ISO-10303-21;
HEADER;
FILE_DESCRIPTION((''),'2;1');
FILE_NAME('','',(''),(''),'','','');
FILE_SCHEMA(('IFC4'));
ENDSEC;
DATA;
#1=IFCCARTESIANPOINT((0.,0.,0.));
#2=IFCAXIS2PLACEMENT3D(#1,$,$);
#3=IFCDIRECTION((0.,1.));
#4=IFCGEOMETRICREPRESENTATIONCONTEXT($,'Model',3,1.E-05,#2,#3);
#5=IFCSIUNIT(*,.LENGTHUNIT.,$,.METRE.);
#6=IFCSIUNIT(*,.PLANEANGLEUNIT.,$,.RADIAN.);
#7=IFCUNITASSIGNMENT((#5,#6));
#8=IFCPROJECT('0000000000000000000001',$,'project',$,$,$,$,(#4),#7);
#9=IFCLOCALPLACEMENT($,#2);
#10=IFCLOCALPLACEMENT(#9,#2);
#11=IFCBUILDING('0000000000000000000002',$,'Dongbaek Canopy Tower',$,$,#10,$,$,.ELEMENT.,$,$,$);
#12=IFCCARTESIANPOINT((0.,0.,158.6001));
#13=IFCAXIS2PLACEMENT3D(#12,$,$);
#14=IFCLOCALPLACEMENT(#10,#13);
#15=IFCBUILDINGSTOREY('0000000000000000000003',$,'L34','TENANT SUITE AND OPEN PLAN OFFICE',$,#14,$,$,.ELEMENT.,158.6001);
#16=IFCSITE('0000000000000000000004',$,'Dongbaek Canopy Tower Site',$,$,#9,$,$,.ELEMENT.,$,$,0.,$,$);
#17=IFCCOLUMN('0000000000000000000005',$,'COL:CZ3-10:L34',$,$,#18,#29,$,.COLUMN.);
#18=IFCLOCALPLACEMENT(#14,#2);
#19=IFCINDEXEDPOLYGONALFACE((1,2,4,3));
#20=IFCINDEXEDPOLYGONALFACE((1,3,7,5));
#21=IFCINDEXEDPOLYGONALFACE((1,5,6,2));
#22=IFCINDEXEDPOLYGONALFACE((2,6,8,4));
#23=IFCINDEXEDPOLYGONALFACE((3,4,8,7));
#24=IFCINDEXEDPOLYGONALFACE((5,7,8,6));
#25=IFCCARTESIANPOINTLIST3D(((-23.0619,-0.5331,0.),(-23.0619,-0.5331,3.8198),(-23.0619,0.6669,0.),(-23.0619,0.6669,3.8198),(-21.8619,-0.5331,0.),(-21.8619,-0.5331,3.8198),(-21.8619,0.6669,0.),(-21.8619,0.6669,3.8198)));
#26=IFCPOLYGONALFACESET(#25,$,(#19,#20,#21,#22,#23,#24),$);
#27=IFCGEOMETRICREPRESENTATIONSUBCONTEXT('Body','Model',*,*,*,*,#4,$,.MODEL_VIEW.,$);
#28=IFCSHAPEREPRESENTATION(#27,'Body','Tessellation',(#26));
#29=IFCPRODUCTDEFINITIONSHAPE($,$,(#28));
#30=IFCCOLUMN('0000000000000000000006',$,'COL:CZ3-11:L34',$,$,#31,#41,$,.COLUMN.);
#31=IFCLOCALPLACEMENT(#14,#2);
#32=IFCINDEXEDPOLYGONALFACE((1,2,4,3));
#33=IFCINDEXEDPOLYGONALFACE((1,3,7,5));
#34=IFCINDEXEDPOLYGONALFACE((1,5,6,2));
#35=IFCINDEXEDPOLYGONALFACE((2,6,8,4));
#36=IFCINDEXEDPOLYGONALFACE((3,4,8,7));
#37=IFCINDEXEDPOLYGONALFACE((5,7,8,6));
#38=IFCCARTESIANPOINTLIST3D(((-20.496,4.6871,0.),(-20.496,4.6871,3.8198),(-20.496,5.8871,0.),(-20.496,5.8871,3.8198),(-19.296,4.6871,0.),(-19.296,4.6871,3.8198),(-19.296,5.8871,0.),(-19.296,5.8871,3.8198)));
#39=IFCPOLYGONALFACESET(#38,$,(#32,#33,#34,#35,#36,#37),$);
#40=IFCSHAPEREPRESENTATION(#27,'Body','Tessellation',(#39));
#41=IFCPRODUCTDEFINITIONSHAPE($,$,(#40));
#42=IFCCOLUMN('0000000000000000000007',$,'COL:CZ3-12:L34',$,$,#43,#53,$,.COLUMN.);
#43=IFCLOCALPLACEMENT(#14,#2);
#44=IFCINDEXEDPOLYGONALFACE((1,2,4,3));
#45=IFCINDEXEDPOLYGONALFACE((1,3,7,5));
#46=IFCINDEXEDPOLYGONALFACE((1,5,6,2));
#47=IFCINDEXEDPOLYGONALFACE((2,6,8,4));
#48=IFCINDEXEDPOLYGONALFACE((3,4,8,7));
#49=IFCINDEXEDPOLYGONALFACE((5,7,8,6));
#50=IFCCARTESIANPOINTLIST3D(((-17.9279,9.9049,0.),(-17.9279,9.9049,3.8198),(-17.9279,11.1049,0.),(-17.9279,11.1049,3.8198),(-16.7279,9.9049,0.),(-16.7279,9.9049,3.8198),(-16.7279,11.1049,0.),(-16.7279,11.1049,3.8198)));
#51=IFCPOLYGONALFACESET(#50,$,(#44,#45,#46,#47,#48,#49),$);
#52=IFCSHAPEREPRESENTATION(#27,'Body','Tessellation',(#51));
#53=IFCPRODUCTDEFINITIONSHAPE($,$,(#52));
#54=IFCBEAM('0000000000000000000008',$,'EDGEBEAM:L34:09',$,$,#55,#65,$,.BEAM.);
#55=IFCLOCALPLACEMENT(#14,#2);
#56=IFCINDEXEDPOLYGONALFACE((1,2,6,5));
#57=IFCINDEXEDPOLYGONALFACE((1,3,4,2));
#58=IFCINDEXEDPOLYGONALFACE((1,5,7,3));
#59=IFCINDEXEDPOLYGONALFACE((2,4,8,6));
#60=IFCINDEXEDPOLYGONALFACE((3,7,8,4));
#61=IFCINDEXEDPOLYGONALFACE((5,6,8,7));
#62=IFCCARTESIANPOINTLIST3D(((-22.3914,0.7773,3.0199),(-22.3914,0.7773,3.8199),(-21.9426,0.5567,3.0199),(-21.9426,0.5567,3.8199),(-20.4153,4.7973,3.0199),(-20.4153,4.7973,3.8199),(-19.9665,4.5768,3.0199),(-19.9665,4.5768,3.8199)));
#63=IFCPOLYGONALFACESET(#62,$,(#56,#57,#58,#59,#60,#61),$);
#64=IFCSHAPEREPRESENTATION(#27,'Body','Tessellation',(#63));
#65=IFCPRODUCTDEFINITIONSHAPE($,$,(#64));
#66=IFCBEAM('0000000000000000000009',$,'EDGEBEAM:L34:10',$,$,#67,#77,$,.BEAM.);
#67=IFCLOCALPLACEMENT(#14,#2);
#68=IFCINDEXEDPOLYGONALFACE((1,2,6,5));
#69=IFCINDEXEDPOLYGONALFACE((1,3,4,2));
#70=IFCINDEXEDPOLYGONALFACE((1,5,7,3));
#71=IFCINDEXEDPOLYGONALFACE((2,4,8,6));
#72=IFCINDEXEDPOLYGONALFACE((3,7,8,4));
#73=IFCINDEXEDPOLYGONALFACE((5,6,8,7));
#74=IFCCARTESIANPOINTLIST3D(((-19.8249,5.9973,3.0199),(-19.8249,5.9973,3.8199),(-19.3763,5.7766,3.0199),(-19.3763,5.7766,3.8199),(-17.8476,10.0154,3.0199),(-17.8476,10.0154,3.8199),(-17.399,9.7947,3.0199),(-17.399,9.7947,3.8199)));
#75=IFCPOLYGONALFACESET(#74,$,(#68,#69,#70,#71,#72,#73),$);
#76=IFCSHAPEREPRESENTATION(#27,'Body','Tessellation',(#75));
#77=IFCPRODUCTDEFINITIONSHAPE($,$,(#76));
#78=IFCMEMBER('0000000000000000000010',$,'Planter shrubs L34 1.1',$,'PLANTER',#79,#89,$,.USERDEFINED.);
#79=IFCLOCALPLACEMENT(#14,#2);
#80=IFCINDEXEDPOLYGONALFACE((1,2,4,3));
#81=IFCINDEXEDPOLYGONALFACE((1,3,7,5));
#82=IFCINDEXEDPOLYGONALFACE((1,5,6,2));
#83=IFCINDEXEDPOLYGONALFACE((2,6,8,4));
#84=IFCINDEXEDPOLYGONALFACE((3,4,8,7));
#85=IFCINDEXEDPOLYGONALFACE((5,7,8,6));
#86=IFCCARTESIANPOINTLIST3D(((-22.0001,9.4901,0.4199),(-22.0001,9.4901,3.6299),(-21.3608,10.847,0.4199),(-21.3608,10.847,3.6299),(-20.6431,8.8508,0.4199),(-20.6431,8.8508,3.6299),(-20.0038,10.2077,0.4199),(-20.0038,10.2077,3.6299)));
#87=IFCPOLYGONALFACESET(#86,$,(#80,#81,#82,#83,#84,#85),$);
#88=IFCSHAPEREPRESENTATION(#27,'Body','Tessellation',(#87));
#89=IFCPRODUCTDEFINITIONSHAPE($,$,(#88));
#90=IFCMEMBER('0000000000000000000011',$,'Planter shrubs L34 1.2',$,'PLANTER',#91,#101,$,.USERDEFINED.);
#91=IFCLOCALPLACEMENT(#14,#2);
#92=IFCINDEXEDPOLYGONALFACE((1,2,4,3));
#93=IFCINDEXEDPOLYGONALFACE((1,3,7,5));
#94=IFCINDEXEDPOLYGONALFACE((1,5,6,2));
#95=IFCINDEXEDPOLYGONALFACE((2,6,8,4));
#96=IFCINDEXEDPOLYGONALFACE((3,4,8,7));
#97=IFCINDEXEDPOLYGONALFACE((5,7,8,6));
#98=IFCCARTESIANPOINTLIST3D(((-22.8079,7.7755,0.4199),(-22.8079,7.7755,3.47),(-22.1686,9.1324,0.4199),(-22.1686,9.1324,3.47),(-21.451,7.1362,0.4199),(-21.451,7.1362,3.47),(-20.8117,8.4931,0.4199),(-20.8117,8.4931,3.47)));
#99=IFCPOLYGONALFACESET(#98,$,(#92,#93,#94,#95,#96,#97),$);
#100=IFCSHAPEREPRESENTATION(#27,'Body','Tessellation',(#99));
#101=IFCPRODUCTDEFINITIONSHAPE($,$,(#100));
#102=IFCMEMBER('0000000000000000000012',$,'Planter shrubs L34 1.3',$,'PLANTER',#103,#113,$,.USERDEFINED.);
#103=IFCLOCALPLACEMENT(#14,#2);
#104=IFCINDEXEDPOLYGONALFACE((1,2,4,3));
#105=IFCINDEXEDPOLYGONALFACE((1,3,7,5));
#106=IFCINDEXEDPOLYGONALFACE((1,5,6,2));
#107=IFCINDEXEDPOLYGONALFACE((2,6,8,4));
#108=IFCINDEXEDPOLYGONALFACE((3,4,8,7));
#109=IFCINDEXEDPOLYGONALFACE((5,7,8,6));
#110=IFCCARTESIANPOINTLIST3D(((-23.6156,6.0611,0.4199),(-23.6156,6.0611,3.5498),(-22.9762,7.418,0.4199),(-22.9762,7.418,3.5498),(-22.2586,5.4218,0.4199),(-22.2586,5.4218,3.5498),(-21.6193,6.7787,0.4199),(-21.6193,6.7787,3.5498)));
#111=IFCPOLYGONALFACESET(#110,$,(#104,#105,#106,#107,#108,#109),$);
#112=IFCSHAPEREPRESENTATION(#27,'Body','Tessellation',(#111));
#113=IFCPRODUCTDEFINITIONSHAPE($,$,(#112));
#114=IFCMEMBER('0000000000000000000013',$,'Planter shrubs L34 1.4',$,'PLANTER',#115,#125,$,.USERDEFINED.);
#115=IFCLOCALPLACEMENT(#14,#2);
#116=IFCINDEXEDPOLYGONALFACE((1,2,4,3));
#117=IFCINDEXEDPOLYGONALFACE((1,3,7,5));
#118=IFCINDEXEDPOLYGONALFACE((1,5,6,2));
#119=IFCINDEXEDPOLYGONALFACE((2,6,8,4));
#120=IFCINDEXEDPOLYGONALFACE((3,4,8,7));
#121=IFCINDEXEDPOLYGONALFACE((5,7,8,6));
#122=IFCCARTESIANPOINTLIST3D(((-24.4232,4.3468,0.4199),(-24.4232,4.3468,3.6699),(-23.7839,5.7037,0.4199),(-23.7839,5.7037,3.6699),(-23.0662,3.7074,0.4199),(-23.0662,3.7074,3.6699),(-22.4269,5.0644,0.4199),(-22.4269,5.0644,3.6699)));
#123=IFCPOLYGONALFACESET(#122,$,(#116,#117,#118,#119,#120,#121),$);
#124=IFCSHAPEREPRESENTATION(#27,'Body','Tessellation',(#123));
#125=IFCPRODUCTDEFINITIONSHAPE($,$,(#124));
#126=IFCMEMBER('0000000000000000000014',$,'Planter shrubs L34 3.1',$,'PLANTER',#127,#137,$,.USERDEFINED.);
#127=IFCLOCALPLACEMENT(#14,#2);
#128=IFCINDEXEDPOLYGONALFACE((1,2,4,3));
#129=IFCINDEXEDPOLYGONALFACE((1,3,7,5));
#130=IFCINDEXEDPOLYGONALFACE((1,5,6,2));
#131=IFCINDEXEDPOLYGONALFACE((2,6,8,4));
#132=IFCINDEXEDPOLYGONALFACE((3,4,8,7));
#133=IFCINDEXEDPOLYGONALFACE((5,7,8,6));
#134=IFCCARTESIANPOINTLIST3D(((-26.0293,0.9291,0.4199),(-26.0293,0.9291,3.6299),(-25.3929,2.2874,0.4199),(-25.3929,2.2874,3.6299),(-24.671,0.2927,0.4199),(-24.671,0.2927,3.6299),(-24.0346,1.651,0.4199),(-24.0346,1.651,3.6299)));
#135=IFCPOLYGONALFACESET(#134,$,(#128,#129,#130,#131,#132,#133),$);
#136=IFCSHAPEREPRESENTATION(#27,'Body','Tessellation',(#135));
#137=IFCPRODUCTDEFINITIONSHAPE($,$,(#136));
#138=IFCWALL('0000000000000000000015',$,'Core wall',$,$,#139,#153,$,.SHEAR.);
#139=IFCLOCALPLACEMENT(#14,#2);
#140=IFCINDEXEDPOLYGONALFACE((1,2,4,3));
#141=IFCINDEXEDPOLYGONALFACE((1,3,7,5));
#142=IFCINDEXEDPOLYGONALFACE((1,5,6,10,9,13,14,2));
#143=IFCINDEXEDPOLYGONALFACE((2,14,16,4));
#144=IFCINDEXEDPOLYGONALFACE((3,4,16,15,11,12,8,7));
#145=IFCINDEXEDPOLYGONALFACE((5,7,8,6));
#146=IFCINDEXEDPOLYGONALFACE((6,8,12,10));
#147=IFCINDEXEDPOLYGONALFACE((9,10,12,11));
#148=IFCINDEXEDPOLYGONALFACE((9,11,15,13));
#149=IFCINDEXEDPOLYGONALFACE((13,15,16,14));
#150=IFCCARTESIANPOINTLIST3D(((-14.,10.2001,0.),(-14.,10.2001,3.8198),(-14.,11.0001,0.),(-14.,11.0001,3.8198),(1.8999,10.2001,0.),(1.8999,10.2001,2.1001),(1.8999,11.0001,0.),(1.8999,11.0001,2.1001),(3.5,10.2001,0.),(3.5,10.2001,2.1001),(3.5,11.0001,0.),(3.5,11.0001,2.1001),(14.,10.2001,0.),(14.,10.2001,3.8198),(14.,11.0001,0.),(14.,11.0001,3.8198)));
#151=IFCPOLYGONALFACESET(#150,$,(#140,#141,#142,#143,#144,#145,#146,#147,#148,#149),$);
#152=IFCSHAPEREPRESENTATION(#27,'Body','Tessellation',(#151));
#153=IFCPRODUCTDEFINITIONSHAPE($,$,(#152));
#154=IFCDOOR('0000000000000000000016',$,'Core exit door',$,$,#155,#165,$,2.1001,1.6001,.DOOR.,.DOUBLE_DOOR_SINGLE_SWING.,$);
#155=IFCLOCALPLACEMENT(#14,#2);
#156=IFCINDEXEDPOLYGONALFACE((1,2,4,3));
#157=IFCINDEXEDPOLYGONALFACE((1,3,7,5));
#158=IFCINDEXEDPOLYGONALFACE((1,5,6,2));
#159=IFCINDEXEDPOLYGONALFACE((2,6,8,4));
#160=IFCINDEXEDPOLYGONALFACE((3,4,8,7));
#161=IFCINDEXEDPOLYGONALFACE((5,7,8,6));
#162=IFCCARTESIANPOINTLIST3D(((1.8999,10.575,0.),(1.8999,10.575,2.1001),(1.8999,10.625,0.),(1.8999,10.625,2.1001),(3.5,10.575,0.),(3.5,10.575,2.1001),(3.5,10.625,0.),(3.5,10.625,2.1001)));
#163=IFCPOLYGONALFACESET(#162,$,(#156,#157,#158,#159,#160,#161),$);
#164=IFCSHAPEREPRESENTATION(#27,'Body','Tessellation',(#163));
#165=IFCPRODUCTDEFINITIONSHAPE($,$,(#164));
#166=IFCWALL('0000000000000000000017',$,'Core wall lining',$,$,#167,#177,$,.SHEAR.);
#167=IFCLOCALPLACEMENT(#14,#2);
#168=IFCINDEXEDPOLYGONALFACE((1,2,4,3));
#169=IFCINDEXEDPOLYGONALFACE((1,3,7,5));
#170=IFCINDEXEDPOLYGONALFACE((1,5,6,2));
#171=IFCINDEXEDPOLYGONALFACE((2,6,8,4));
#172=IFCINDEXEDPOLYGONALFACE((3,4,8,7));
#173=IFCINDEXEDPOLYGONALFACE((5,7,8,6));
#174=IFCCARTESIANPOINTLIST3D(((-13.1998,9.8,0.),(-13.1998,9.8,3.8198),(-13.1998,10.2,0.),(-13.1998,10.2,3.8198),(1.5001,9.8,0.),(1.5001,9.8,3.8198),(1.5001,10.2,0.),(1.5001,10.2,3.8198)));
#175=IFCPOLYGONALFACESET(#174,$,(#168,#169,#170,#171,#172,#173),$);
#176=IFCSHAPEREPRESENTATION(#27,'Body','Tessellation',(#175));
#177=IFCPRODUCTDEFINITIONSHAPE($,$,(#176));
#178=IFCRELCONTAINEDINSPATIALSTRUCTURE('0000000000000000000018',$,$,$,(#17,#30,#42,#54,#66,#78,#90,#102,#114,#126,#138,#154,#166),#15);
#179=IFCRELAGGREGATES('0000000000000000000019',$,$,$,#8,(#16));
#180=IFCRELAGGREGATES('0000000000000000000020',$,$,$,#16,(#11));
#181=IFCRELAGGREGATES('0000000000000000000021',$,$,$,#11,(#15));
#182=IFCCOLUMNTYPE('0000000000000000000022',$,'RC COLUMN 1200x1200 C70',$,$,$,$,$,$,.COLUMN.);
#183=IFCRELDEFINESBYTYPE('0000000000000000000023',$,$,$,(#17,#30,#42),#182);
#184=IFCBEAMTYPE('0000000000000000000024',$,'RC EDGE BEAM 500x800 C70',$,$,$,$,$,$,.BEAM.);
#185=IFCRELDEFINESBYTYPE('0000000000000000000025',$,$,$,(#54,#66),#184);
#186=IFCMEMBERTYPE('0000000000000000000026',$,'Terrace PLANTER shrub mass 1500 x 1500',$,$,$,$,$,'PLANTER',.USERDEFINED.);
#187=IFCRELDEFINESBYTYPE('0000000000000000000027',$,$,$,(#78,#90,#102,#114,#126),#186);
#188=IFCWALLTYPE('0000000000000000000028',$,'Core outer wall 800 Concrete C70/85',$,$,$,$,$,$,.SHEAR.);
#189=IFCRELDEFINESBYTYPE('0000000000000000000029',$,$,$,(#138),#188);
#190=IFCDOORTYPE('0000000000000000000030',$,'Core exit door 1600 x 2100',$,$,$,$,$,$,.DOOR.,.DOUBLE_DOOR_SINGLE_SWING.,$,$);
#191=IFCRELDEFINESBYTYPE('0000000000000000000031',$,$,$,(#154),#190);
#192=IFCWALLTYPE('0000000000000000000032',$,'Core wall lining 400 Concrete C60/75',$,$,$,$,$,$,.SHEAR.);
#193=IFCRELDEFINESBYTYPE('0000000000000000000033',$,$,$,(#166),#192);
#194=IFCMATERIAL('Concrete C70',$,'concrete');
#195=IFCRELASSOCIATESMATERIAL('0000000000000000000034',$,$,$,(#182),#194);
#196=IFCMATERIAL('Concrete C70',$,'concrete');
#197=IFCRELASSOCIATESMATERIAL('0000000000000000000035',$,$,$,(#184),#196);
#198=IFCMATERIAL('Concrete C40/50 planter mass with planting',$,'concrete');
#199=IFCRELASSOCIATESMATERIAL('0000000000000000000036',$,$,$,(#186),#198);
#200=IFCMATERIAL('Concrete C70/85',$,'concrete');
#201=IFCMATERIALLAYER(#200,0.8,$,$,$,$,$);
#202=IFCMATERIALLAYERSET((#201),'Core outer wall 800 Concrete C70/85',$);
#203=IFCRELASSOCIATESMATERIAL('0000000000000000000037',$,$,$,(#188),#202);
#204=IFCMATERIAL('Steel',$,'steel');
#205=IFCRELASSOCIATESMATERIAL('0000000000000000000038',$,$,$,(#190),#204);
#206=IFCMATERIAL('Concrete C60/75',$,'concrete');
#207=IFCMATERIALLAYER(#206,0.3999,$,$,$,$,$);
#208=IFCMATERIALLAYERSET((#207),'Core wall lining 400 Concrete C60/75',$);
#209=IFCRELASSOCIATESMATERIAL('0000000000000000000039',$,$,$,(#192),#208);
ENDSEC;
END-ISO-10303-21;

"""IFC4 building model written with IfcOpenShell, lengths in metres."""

from ifc_helpers import new_model, si_unit, direction, frame, frame_2d, origin, origin_2d, place, context, subcontext, project, spatial, rectangle, extrude, material, layer, layer_set, material_profile, profile_set, type_object, element, fill, save


model = new_model("IFC4")

# Units and contexts
model_context = context("Model", 3, precision=1e-05, world=origin(), true_north=direction((0.0, 1.0)))
body_context = subcontext(model_context, "Body", "Model", "MODEL_VIEW")
ifc_project = project(units=[si_unit("LENGTHUNIT", "METRE"), si_unit("PLANEANGLEUNIT", "RADIAN")], contexts=[model_context])

# Site, building, storey
site_placement = place(None, origin())
site = spatial("IfcSite", under=ifc_project, at=site_placement, Name="Dongbaek Canopy Tower Site", CompositionType="ELEMENT", RefElevation=0.0)
building_placement = place(site_placement, origin())
building = spatial("IfcBuilding", under=site, at=building_placement, Name="Dongbaek Canopy Tower", CompositionType="ELEMENT")
storey_placement = place(building_placement, frame((0.0, 0.0, 158.6001)))
storey = spatial("IfcBuildingStorey", under=building, at=storey_placement, Name="L34", Description="TENANT SUITE AND OPEN PLAN OFFICE", CompositionType="ELEMENT", Elevation=158.6001)

# Columns
ifc_material_1 = material(Name="Concrete C70", Category="concrete")
ifc_material_profile_1 = material_profile(ifc_material_1, rectangle(XDim=1.2, YDim=1.2, at=origin_2d()), Name="RC COLUMN 1200x1200 C70")
ifc_profile_set_1 = profile_set([ifc_material_profile_1], Name="Concrete C70")
column_type = type_object("IfcColumnType", Name="RC COLUMN 1200x1200 C70", PredefinedType="COLUMN", material=ifc_profile_set_1)
for number, where, z_axis, x_axis, name in (
    (1, (-22.4619, 0.0669, 0.0), (0.0, 0.0, 1.0), (1.0, 0.0, 0.0), "COL:CZ3-10:L34"),
    (2, (-19.896, 5.2871, 0.0), (0.0, 0.0, 1.0), (1.0, 0.0, 0.0), "COL:CZ3-11:L34"),
    (3, (-17.3279, 10.5049, 0.0), (0.0, 0.0, 1.0), (1.0, 0.0, 0.0), "COL:CZ3-12:L34"),
):
    element("IfcColumn", number, at=place(storey_placement, frame(where, z_axis=z_axis, x_axis=x_axis)), inside=storey, type_object=column_type, Name=name, PredefinedType="COLUMN", context=body_context, shape_type="SweptSolid", body=[
        extrude(rectangle(XDim=1.2, YDim=1.2, at=origin_2d()), origin(), (0.0, 0.0, 1.0), 3.8198),
    ])

# Beams
ifc_material_2 = material(Name="Concrete C70", Category="concrete")
ifc_material_profile_2 = material_profile(ifc_material_2, rectangle(XDim=0.5, YDim=0.8, at=origin_2d()), Name="RC EDGE BEAM 500x800 C70")
ifc_profile_set_2 = profile_set([ifc_material_profile_2], Name="Concrete C70")
beam_type = type_object("IfcBeamType", Name="RC EDGE BEAM 500x800 C70", PredefinedType="BEAM", material=ifc_profile_set_2)
beam_1_placement = place(storey_placement, frame((-22.167, 0.667, 3.4199), z_axis=(0.441143, 0.897437, 0.0), x_axis=(-0.897437, 0.441143, 0.0)))
element("IfcBeam", 4, at=beam_1_placement, inside=storey, type_object=beam_type, Name="EDGEBEAM:L34:09", PredefinedType="BEAM", context=body_context, shape_type="SweptSolid", body=[
    extrude(rectangle(XDim=0.5, YDim=0.8, at=origin_2d()), origin(), (0.0, 0.0, 1.0), 4.4795),
])
beam_2_placement = place(storey_placement, frame((-19.6006, 5.887, 3.4199), z_axis=(0.441535, 0.897244, 0.0), x_axis=(-0.897244, 0.441535, 0.0)))
element("IfcBeam", 5, at=beam_2_placement, inside=storey, type_object=beam_type, Name="EDGEBEAM:L34:10", PredefinedType="BEAM", context=body_context, shape_type="SweptSolid", body=[
    extrude(rectangle(XDim=0.5, YDim=0.8, at=origin_2d()), origin(), (0.0, 0.0, 1.0), 4.4783),
])

# Members
ifc_material_3 = material(Name="Concrete C40/50 planter mass with planting", Category="concrete")
ifc_material_profile_3 = material_profile(ifc_material_3, rectangle(XDim=1.5, YDim=1.5, at=origin_2d()), Name="Terrace PLANTER shrub mass 1500 x 1500")
ifc_profile_set_3 = profile_set([ifc_material_profile_3], Name="Concrete C40/50 planter mass with planting")
member_type = type_object("IfcMemberType", Name="Terrace PLANTER shrub mass 1500 x 1500", ElementType="PLANTER", PredefinedType="USERDEFINED", material=ifc_profile_set_3)
member_1_placement = place(storey_placement, frame((-21.002, 9.8489, 0.4199), z_axis=(0.0, 0.0, 1.0), x_axis=(-0.904626, 0.426207, 0.0)))
element("IfcMember", 6, at=member_1_placement, inside=storey, type_object=member_type, Name="Planter shrubs L34 1.1", ObjectType="PLANTER", PredefinedType="USERDEFINED", context=body_context, shape_type="SweptSolid", body=[
    extrude(rectangle(XDim=1.5, YDim=1.5, at=origin_2d()), origin(), (0.0, 0.0, 1.0), 3.21),
])
member_2_placement = place(storey_placement, frame((-21.8098, 8.1343, 0.4199), z_axis=(0.0, 0.0, 1.0), x_axis=(-0.904626, 0.426207, 0.0)))
element("IfcMember", 7, at=member_2_placement, inside=storey, type_object=member_type, Name="Planter shrubs L34 1.2", ObjectType="PLANTER", PredefinedType="USERDEFINED", context=body_context, shape_type="SweptSolid", body=[
    extrude(rectangle(XDim=1.5, YDim=1.5, at=origin_2d()), origin(), (0.0, 0.0, 1.0), 3.05),
])
member_3_placement = place(storey_placement, frame((-22.6174, 6.4199, 0.4199), z_axis=(0.0, 0.0, 1.0), x_axis=(-0.904626, 0.426207, 0.0)))
element("IfcMember", 8, at=member_3_placement, inside=storey, type_object=member_type, Name="Planter shrubs L34 1.3", ObjectType="PLANTER", PredefinedType="USERDEFINED", context=body_context, shape_type="SweptSolid", body=[
    extrude(rectangle(XDim=1.5, YDim=1.5, at=origin_2d()), origin(), (0.0, 0.0, 1.0), 3.1299),
])
member_4_placement = place(storey_placement, frame((-23.425, 4.7056, 0.4199), z_axis=(0.0, 0.0, 1.0), x_axis=(-0.904626, 0.426207, 0.0)))
element("IfcMember", 9, at=member_4_placement, inside=storey, type_object=member_type, Name="Planter shrubs L34 1.4", ObjectType="PLANTER", PredefinedType="USERDEFINED", context=body_context, shape_type="SweptSolid", body=[
    extrude(rectangle(XDim=1.5, YDim=1.5, at=origin_2d()), origin(), (0.0, 0.0, 1.0), 3.25),
])
member_5_placement = place(storey_placement, frame((-25.032, 1.29, 0.4199), z_axis=(0.0, 0.0, 1.0), x_axis=(-0.905534, 0.424273, 0.0)))
element("IfcMember", 10, at=member_5_placement, inside=storey, type_object=member_type, Name="Planter shrubs L34 3.1", ObjectType="PLANTER", PredefinedType="USERDEFINED", context=body_context, shape_type="SweptSolid", body=[
    extrude(rectangle(XDim=1.5, YDim=1.5, at=origin_2d()), origin(), (0.0, 0.0, 1.0), 3.21),
])

# Wall, opening, door
ifc_material_4 = material(Name="Concrete C70/85", Category="concrete")
ifc_layer_1 = layer(ifc_material_4, 0.8)
ifc_layer_set_1 = layer_set([ifc_layer_1], Name="Core outer wall 800 Concrete C70/85")
wall_type_1 = type_object("IfcWallType", Name="Core outer wall 800 Concrete C70/85", PredefinedType="SHEAR", material=ifc_layer_set_1)
wall_1_placement = place(storey_placement, frame((-14.0, 10.6001, 0.0), z_axis=(0.0, 0.0, 1.0), x_axis=(1.0, 0.0, 0.0)))
wall_1 = element("IfcWall", 11, at=wall_1_placement, inside=storey, type_object=wall_type_1, Name="Core wall", PredefinedType="SHEAR", context=body_context, shape_type="SweptSolid", body=[
    extrude(rectangle(XDim=28.0, YDim=0.8, at=frame_2d((14.0, 0.0))), origin(), (0.0, 0.0, 1.0), 3.8198),
])
opening_1_placement = place(wall_1_placement, frame((15.8999, 0.0, 0.0)))
opening_1 = element("IfcOpeningElement", 12, at=opening_1_placement, cuts=wall_1, PredefinedType="OPENING", context=body_context, shape_type="SweptSolid", body=[
    extrude(rectangle(XDim=1.6001, YDim=2.1001, at=frame_2d((0.8, 1.05))), frame((0.0, 0.4099, 0.0), z_axis=(0.0, -1.0, 0.0), x_axis=(1.0, 0.0, 0.0)), (0.0, 0.0, 1.0), 0.8201),
])
ifc_material_5 = material(Name="Steel", Category="steel")
door_type_1 = type_object("IfcDoorType", Name="Core exit door 1600 x 2100", OperationType="DOUBLE_DOOR_SINGLE_SWING", PredefinedType="DOOR", material=ifc_material_5)
door_1_placement = place(opening_1_placement, origin())
door_1 = element("IfcDoor", 13, at=door_1_placement, inside=storey, type_object=door_type_1, Name="Core exit door", OperationType="DOUBLE_DOOR_SINGLE_SWING", OverallHeight=2.1001, OverallWidth=1.6001, PredefinedType="DOOR", context=body_context, shape_type="SweptSolid", body=[
    extrude(rectangle(XDim=1.6001, YDim=2.1001, at=frame_2d((0.8, 1.05))), frame((0.0, 0.0249, 0.0), z_axis=(0.0, -1.0, 0.0), x_axis=(1.0, 0.0, 0.0)), (0.0, 0.0, 1.0), 0.05),
])
fill(opening_1, door_1)

# Wall
ifc_material_6 = material(Name="Concrete C60/75", Category="concrete")
ifc_layer_2 = layer(ifc_material_6, 0.3999)
ifc_layer_set_2 = layer_set([ifc_layer_2], Name="Core wall lining 400 Concrete C60/75")
wall_type_2 = type_object("IfcWallType", Name="Core wall lining 400 Concrete C60/75", PredefinedType="SHEAR", material=ifc_layer_set_2)
wall_2_placement = place(storey_placement, frame((-13.2, 10.0, 0.0), z_axis=(0.0, 0.0, 1.0), x_axis=(1.0, 0.0, 0.0)))
element("IfcWall", 14, at=wall_2_placement, inside=storey, type_object=wall_type_2, Name="Core wall lining", PredefinedType="SHEAR", context=body_context, shape_type="SweptSolid", body=[
    extrude(rectangle(XDim=14.7, YDim=0.3999, at=frame_2d((7.3501, 0.0))), origin(), (0.0, 0.0, 1.0), 3.8198),
])

save(model, "model.ifc")
